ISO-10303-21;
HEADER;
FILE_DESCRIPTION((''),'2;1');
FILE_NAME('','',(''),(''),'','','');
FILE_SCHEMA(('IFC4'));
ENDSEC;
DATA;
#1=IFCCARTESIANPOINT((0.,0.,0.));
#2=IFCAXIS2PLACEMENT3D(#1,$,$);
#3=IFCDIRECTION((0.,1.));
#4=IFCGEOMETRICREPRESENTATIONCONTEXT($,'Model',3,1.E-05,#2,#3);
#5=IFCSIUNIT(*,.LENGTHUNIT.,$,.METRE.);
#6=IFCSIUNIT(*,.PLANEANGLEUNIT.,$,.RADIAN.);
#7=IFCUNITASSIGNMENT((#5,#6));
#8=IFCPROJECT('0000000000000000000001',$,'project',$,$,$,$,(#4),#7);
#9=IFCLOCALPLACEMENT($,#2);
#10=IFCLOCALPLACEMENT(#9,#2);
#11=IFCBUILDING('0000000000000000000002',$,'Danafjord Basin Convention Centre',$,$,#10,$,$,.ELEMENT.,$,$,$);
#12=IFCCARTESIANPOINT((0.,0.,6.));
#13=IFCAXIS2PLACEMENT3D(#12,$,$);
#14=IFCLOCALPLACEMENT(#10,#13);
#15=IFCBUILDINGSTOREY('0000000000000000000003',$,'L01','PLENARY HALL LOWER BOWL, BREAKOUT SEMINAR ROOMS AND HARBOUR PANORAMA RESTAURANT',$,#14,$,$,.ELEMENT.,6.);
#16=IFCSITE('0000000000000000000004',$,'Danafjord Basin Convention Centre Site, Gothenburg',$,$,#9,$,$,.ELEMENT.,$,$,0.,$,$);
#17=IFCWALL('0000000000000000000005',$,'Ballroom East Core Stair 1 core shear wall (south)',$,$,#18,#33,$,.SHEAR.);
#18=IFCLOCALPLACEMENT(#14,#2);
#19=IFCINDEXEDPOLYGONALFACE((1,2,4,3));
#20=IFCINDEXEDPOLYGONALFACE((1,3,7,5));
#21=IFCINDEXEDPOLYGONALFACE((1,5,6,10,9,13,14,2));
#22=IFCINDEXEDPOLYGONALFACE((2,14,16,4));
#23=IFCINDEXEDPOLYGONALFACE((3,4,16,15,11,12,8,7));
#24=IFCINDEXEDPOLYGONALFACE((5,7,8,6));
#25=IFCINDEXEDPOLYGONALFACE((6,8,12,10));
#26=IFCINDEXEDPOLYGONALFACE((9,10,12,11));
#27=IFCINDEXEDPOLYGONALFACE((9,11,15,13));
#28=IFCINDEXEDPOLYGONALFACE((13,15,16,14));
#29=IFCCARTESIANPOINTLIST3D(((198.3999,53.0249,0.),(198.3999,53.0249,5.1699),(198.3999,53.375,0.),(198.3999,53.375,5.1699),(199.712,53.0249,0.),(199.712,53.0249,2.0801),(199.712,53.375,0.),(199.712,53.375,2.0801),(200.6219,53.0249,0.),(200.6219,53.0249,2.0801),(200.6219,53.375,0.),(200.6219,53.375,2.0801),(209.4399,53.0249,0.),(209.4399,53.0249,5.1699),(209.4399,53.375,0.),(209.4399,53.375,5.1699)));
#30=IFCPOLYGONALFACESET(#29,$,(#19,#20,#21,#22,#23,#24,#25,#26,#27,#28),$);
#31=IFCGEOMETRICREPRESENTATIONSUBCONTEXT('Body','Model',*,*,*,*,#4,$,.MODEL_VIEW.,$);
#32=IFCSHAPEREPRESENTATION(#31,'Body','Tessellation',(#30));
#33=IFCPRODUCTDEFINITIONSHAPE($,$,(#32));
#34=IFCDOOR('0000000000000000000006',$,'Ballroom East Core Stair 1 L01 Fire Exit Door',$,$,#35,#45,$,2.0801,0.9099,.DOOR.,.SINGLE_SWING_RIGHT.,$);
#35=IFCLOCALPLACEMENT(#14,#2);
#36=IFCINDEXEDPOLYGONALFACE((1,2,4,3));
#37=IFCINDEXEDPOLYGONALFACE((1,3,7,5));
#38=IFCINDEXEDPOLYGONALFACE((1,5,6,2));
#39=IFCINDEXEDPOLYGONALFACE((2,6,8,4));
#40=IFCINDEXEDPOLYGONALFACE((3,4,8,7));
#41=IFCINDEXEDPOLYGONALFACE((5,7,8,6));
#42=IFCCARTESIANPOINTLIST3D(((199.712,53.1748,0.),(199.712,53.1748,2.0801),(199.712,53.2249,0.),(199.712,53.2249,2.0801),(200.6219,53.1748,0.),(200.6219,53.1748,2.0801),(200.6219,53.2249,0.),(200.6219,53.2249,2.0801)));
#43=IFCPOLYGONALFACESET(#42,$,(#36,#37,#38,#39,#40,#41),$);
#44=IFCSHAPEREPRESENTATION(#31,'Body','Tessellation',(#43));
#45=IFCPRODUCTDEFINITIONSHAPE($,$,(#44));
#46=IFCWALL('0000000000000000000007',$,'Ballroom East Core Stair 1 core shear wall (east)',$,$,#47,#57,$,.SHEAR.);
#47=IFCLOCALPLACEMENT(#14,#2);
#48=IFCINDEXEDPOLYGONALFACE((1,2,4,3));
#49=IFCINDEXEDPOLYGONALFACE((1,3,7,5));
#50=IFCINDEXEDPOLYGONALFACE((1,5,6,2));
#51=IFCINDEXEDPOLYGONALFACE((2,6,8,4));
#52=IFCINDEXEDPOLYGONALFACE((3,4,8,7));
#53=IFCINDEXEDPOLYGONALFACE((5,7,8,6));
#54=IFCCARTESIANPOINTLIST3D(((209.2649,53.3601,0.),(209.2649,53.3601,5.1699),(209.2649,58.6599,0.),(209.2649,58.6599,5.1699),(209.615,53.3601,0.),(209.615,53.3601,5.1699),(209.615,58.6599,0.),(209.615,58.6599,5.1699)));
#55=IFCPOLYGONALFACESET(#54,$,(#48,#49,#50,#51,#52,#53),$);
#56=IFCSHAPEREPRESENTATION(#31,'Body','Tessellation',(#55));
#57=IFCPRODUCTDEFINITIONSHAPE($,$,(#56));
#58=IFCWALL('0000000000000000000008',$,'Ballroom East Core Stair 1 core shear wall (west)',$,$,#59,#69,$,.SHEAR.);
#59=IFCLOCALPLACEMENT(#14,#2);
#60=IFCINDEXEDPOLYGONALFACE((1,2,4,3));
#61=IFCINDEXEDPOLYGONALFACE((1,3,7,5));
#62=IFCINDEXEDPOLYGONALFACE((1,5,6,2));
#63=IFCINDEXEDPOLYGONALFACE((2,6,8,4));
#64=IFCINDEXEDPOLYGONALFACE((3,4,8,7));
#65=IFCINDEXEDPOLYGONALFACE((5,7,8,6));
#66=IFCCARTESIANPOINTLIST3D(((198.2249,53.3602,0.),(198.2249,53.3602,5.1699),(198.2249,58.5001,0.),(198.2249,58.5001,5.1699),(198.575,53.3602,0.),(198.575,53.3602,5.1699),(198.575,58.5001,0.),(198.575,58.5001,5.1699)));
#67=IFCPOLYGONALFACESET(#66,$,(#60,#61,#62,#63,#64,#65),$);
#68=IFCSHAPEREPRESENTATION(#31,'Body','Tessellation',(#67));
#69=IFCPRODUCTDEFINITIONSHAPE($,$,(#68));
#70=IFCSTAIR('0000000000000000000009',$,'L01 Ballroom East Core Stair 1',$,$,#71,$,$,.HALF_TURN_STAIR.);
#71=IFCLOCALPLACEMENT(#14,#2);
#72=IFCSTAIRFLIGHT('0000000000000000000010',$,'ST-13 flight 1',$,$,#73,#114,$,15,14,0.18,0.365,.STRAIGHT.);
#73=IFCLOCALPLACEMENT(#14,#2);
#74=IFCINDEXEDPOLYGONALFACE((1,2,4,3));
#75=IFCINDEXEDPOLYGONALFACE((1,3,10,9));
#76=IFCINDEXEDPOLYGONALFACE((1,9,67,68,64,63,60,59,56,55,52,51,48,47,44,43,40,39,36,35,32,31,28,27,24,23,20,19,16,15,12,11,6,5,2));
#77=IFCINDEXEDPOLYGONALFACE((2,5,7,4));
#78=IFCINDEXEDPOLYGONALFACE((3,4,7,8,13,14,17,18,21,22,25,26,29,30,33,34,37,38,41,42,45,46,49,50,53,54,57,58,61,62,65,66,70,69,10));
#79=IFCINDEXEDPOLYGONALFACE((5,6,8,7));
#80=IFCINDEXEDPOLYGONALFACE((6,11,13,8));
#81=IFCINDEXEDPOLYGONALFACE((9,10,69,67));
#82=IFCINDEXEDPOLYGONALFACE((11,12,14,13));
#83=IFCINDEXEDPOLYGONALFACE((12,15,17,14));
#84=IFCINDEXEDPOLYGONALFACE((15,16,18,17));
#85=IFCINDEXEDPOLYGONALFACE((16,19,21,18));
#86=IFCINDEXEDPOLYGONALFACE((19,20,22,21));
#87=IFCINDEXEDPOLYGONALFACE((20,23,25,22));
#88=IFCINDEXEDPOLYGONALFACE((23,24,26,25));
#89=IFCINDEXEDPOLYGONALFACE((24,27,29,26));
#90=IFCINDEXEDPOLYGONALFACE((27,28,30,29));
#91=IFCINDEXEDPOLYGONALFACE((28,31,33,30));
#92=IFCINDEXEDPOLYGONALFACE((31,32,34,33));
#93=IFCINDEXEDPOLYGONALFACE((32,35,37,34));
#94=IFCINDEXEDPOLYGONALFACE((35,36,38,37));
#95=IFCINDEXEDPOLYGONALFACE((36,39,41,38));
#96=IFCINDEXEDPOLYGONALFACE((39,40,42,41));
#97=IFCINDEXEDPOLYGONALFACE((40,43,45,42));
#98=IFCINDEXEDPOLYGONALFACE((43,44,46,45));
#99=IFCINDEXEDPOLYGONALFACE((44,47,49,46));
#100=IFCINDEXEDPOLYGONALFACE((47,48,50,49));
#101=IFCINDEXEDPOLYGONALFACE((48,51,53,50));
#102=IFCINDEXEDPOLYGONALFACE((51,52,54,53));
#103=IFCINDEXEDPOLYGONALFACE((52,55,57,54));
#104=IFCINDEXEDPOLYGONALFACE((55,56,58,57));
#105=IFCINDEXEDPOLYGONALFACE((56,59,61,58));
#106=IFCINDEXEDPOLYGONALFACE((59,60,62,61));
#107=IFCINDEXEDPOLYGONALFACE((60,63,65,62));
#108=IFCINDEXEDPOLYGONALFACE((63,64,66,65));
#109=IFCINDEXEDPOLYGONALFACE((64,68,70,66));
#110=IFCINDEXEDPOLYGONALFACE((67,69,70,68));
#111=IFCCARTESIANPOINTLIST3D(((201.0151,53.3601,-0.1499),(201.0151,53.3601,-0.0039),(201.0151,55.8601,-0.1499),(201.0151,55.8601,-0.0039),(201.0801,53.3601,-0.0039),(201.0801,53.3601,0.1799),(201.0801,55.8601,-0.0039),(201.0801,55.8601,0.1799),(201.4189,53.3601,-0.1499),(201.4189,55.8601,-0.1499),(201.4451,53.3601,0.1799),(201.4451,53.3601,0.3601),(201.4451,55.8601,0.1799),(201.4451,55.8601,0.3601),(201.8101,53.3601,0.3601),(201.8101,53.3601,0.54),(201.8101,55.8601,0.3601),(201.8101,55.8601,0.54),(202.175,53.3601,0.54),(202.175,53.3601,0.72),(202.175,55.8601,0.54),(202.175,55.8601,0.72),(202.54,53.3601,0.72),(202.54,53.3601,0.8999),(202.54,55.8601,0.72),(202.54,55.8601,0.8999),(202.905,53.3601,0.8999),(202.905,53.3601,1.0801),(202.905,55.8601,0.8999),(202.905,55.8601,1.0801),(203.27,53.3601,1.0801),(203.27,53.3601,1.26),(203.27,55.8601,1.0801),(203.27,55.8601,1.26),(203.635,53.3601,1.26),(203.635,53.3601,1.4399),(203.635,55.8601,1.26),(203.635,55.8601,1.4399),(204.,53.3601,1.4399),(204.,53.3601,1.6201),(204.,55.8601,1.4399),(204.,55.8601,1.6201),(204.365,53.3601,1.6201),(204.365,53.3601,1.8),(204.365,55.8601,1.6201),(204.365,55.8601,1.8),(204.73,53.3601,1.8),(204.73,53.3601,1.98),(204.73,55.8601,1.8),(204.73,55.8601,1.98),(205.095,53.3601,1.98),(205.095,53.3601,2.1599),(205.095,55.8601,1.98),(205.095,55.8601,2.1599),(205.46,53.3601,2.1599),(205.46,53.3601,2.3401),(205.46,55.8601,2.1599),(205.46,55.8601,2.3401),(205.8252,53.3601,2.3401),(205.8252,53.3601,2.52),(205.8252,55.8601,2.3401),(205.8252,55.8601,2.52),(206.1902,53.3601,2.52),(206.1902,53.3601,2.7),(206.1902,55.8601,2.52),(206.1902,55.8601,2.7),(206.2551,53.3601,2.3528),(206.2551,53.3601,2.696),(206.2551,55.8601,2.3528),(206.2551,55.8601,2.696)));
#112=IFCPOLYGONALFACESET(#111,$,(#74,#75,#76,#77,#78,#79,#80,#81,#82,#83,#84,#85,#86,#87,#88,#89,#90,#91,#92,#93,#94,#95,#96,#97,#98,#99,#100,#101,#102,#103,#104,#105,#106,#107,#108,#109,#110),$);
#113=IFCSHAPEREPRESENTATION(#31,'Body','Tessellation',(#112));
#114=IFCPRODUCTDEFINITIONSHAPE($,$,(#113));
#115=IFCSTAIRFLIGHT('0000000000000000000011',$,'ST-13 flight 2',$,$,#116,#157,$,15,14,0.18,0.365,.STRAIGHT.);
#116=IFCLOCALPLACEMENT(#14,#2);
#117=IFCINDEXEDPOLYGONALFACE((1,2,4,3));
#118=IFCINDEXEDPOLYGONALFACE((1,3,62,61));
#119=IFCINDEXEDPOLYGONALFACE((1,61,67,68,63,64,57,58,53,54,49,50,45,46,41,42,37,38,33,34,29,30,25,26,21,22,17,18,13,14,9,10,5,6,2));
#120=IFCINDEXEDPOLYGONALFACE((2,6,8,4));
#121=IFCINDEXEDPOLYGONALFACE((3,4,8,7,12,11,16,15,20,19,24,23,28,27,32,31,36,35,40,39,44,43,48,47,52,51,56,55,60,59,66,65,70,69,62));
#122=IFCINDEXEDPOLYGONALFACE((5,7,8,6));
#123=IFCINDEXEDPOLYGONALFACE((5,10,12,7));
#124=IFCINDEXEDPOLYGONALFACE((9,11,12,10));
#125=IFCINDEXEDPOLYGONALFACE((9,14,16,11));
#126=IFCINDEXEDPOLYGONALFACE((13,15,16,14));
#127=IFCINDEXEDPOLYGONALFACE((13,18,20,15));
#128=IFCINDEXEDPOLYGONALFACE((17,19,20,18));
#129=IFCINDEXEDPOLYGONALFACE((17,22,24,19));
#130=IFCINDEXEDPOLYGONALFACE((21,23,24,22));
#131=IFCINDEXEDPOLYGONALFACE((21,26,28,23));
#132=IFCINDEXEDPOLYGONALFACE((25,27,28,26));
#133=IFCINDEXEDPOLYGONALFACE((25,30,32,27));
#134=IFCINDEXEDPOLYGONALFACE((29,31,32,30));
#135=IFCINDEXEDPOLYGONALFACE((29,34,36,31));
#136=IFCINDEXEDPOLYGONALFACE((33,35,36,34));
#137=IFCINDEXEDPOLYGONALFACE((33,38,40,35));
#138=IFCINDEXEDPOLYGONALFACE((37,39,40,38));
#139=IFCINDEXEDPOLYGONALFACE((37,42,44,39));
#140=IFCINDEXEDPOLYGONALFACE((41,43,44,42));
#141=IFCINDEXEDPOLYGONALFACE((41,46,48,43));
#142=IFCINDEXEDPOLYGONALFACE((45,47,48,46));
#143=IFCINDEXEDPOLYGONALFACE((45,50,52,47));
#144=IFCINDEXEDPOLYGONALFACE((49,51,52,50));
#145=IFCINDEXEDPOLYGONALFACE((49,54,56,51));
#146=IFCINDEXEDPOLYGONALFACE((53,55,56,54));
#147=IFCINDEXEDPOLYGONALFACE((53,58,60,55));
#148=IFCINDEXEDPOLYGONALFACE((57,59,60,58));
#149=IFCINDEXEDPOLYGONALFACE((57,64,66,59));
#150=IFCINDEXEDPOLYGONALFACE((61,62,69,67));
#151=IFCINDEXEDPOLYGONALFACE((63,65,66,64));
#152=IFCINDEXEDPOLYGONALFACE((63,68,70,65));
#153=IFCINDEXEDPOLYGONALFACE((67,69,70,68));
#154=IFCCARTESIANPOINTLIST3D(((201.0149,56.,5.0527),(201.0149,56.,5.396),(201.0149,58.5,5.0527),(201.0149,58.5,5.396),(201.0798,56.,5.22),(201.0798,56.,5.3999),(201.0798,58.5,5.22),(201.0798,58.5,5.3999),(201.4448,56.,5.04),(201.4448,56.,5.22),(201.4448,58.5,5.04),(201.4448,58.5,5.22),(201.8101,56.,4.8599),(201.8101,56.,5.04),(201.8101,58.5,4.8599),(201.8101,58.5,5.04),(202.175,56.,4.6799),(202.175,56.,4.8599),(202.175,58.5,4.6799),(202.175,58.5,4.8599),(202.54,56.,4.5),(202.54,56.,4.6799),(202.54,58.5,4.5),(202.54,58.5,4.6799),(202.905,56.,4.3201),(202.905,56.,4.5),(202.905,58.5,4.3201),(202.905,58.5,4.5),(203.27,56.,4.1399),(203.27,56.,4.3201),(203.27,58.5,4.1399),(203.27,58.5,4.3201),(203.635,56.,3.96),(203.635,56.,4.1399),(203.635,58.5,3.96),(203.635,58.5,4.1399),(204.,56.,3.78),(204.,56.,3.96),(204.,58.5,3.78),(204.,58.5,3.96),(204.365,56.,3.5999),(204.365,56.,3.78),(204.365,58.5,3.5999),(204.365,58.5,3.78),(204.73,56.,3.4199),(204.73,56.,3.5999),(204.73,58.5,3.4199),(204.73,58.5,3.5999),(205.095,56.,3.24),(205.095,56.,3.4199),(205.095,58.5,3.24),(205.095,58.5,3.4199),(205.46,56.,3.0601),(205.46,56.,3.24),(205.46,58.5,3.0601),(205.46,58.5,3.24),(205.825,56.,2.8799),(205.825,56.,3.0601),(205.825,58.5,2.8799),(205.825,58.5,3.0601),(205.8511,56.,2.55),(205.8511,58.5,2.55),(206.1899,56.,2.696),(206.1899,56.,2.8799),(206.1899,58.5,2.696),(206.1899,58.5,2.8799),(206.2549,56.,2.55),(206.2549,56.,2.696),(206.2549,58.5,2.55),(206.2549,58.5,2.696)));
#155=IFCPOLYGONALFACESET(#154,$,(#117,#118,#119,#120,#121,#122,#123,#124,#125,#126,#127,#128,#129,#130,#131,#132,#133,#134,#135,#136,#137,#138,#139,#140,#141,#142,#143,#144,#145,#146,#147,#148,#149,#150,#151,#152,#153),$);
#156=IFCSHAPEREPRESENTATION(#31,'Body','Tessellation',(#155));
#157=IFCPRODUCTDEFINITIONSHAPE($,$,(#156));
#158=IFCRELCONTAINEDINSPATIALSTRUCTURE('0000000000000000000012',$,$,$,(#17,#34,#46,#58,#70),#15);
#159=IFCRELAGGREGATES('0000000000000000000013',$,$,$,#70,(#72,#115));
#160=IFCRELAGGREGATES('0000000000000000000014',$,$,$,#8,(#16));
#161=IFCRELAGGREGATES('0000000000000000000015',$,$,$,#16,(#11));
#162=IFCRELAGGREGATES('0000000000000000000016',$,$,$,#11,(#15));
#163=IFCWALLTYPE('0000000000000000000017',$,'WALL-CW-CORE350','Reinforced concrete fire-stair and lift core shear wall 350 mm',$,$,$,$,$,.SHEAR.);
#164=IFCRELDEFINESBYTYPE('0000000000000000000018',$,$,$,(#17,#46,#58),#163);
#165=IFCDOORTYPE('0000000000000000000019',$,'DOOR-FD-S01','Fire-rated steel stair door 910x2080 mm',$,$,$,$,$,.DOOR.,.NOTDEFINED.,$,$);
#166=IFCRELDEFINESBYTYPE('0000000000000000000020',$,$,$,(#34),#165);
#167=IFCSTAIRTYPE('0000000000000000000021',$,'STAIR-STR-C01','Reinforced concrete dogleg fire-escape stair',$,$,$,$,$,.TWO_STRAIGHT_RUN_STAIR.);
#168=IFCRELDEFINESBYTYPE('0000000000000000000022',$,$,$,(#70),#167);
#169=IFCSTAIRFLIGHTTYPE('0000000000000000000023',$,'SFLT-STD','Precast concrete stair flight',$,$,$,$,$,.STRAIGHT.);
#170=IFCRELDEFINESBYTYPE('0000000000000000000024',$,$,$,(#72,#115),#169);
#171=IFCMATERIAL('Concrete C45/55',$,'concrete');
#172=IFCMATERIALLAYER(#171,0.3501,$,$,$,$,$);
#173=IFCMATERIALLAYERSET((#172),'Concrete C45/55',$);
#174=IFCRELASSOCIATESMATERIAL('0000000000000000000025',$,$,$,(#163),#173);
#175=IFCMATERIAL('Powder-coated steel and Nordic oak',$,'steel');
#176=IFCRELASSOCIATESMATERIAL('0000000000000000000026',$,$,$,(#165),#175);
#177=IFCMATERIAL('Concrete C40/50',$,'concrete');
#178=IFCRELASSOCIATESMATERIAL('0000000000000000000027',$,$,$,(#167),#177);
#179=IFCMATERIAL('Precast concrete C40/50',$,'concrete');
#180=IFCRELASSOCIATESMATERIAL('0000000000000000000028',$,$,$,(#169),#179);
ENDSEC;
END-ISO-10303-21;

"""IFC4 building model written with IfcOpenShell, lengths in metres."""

from ifc_helpers import new_model, si_unit, direction, frame, frame_2d, origin, place, context, subcontext, project, spatial, polyline, rectangle, outline, extrude, material, layer, layer_set, type_object, element, fill, aggregate, save


model = new_model("IFC4")

# Units and contexts
model_context = context("Model", 3, precision=1e-05, world=origin(), true_north=direction((0.0, 1.0)))
body_context = subcontext(model_context, "Body", "Model", "MODEL_VIEW")
ifc_project = project(units=[si_unit("LENGTHUNIT", "METRE"), si_unit("PLANEANGLEUNIT", "RADIAN")], contexts=[model_context])

# Site, building, storey
site_placement = place(None, origin())
site = spatial("IfcSite", under=ifc_project, at=site_placement, Name="Danafjord Basin Convention Centre Site, Gothenburg", CompositionType="ELEMENT", RefElevation=0.0)
building_placement = place(site_placement, origin())
building = spatial("IfcBuilding", under=site, at=building_placement, Name="Danafjord Basin Convention Centre", CompositionType="ELEMENT")
storey_placement = place(building_placement, frame((0.0, 0.0, 6.0)))
storey = spatial("IfcBuildingStorey", under=building, at=storey_placement, Name="L01", Description="PLENARY HALL LOWER BOWL, BREAKOUT SEMINAR ROOMS AND HARBOUR PANORAMA RESTAURANT", CompositionType="ELEMENT", Elevation=6.0)

# Wall, opening, door
ifc_material_1 = material(Name="Concrete C45/55", Category="concrete")
ifc_layer = layer(ifc_material_1, 0.3501)
ifc_layer_set = layer_set([ifc_layer], Name="Concrete C45/55")
wall_type = type_object("IfcWallType", Name="WALL-CW-CORE350", Description="Reinforced concrete fire-stair and lift core shear wall 350 mm", PredefinedType="SHEAR", material=ifc_layer_set)
wall_1_placement = place(storey_placement, frame((198.3999, 53.2, 0.0), z_axis=(0.0, 0.0, 1.0), x_axis=(1.0, 0.0, 0.0)))
wall_1 = element("IfcWall", 1, at=wall_1_placement, inside=storey, type_object=wall_type, Name="Ballroom East Core Stair 1 core shear wall (south)", PredefinedType="SHEAR", context=body_context, shape_type="SweptSolid", body=[
    extrude(rectangle(XDim=11.04, YDim=0.3501, at=frame_2d((5.52, 0.0))), origin(), (0.0, 0.0, 1.0), 5.1699),
])
opening_placement = place(wall_1_placement, frame((1.312, 0.0, 0.0)))
opening = element("IfcOpeningElement", 2, at=opening_placement, cuts=wall_1, PredefinedType="OPENING", context=body_context, shape_type="SweptSolid", body=[
    extrude(rectangle(XDim=0.9099, YDim=2.0801, at=frame_2d((0.4551, 1.04))), frame((0.0, 0.1851, 0.0), z_axis=(0.0, -1.0, 0.0), x_axis=(1.0, 0.0, 0.0)), (0.0, 0.0, 1.0), 0.3701),
])
ifc_material_2 = material(Name="Powder-coated steel and Nordic oak", Category="steel")
door_type = type_object("IfcDoorType", Name="DOOR-FD-S01", Description="Fire-rated steel stair door 910x2080 mm", OperationType="NOTDEFINED", PredefinedType="DOOR", material=ifc_material_2)
door_placement = place(opening_placement, origin())
door = element("IfcDoor", 3, at=door_placement, inside=storey, type_object=door_type, Name="Ballroom East Core Stair 1 L01 Fire Exit Door", OperationType="SINGLE_SWING_RIGHT", OverallHeight=2.0801, OverallWidth=0.9099, PredefinedType="DOOR", context=body_context, shape_type="SweptSolid", body=[
    extrude(rectangle(XDim=0.9099, YDim=2.0801, at=frame_2d((0.4551, 1.04))), frame((0.0, 0.0249, 0.0), z_axis=(0.0, -1.0, 0.0), x_axis=(1.0, 0.0, 0.0)), (0.0, 0.0, 1.0), 0.05),
])
fill(opening, door)

# Walls
wall_2_placement = place(storey_placement, frame((209.4399, 53.3601, 0.0), z_axis=(0.0, 0.0, 1.0), x_axis=(0.0, 1.0, 0.0)))
element("IfcWall", 4, at=wall_2_placement, inside=storey, type_object=wall_type, Name="Ballroom East Core Stair 1 core shear wall (east)", PredefinedType="SHEAR", context=body_context, shape_type="SweptSolid", body=[
    extrude(rectangle(XDim=5.2998, YDim=0.3501, at=frame_2d((2.6499, 0.0))), origin(), (0.0, 0.0, 1.0), 5.1699),
])
wall_3_placement = place(storey_placement, frame((198.3999, 58.5, 0.0), z_axis=(0.0, 0.0, 1.0), x_axis=(0.0, -1.0, 0.0)))
element("IfcWall", 5, at=wall_3_placement, inside=storey, type_object=wall_type, Name="Ballroom East Core Stair 1 core shear wall (west)", PredefinedType="SHEAR", context=body_context, shape_type="SweptSolid", body=[
    extrude(rectangle(XDim=5.1399, YDim=0.3501, at=frame_2d((2.5698, 0.0))), origin(), (0.0, 0.0, 1.0), 5.1699),
])

# Stair, stair flights
ifc_material_3 = material(Name="Concrete C40/50", Category="concrete")
stair_type = type_object("IfcStairType", Name="STAIR-STR-C01", Description="Reinforced concrete dogleg fire-escape stair", PredefinedType="TWO_STRAIGHT_RUN_STAIR", material=ifc_material_3)
stair_placement = place(storey_placement, origin())
stair = element("IfcStair", 6, at=stair_placement, inside=storey, type_object=stair_type, Name="L01 Ballroom East Core Stair 1", PredefinedType="HALF_TURN_STAIR")
ifc_material_4 = material(Name="Precast concrete C40/50", Category="concrete")
stair_flight_type = type_object("IfcStairFlightType", Name="SFLT-STD", Description="Precast concrete stair flight", PredefinedType="STRAIGHT", material=ifc_material_4)
stair_flight_1_placement = place(storey_placement, frame((201.0801, 54.6101, 0.0), z_axis=(0.0, 0.0, 1.0), x_axis=(1.0, 0.0, 0.0)))
stair_flight_1 = element("IfcStairFlight", 7, at=stair_flight_1_placement, type_object=stair_flight_type, Name="ST-13 flight 1", NumberOfRisers=15, NumberOfTreads=14, PredefinedType="STRAIGHT", RiserHeight=0.18, TreadLength=0.365, context=body_context, shape_type="SweptSolid", body=[
    extrude(outline(polyline([(-0.0649, -0.1499), (-0.0649, -0.0039), (0.0, -0.0039), (0.0, 0.1799), (0.365, 0.1799), (0.365, 0.3601), (0.73, 0.3601), (0.73, 0.54), (1.095, 0.54), (1.095, 0.72), (1.46, 0.72), (1.46, 0.8999), (1.825, 0.8999), (1.825, 1.0801), (2.1899, 1.0801), (2.1899, 1.26), (2.5549, 1.26), (2.5549, 1.4399), (2.9199, 1.4399), (2.9199, 1.6201), (3.2849, 1.6201), (3.2849, 1.8), (3.6499, 1.8), (3.6499, 1.98), (4.0149, 1.98), (4.0149, 2.1599), (4.3799, 2.1599), (4.3799, 2.3401), (4.7451, 2.3401), (4.7451, 2.52), (5.1101, 2.52), (5.1101, 2.7), (5.175, 2.696), (5.175, 2.3528), (0.3389, -0.1499), (-0.0649, -0.1499)])), frame((0.0, 1.25, 0.0), z_axis=(0.0, -1.0, 0.0), x_axis=(1.0, 0.0, 0.0)), (0.0, 0.0, 1.0), 2.5),
])
stair_flight_2_placement = place(storey_placement, frame((206.1899, 57.25, 2.7), z_axis=(0.0, 0.0, 1.0), x_axis=(-1.0, 0.0, 0.0)))
stair_flight_2 = element("IfcStairFlight", 8, at=stair_flight_2_placement, type_object=stair_flight_type, Name="ST-13 flight 2", NumberOfRisers=15, NumberOfTreads=14, PredefinedType="STRAIGHT", RiserHeight=0.18, TreadLength=0.365, context=body_context, shape_type="SweptSolid", body=[
    extrude(outline(polyline([(-0.0649, -0.1499), (-0.0649, -0.0039), (0.0, -0.0039), (0.0, 0.1799), (0.365, 0.1799), (0.365, 0.3601), (0.73, 0.3601), (0.73, 0.54), (1.095, 0.54), (1.095, 0.72), (1.46, 0.72), (1.46, 0.8999), (1.825, 0.8999), (1.825, 1.0801), (2.1899, 1.0801), (2.1899, 1.26), (2.5549, 1.26), (2.5549, 1.4399), (2.9199, 1.4399), (2.9199, 1.6201), (3.2849, 1.6201), (3.2849, 1.8), (3.6499, 1.8), (3.6499, 1.98), (4.0149, 1.98), (4.0149, 2.1599), (4.3799, 2.1599), (4.3799, 2.3401), (4.7451, 2.3401), (4.7451, 2.52), (5.1101, 2.52), (5.1101, 2.7), (5.175, 2.696), (5.175, 2.3528), (0.3389, -0.1499), (-0.0649, -0.1499)])), frame((0.0, 1.25, 0.0), z_axis=(0.0, -1.0, 0.0), x_axis=(1.0, 0.0, 0.0)), (0.0, 0.0, 1.0), 2.5),
])
aggregate(stair, [stair_flight_1, stair_flight_2])

save(model, "model.ifc")
